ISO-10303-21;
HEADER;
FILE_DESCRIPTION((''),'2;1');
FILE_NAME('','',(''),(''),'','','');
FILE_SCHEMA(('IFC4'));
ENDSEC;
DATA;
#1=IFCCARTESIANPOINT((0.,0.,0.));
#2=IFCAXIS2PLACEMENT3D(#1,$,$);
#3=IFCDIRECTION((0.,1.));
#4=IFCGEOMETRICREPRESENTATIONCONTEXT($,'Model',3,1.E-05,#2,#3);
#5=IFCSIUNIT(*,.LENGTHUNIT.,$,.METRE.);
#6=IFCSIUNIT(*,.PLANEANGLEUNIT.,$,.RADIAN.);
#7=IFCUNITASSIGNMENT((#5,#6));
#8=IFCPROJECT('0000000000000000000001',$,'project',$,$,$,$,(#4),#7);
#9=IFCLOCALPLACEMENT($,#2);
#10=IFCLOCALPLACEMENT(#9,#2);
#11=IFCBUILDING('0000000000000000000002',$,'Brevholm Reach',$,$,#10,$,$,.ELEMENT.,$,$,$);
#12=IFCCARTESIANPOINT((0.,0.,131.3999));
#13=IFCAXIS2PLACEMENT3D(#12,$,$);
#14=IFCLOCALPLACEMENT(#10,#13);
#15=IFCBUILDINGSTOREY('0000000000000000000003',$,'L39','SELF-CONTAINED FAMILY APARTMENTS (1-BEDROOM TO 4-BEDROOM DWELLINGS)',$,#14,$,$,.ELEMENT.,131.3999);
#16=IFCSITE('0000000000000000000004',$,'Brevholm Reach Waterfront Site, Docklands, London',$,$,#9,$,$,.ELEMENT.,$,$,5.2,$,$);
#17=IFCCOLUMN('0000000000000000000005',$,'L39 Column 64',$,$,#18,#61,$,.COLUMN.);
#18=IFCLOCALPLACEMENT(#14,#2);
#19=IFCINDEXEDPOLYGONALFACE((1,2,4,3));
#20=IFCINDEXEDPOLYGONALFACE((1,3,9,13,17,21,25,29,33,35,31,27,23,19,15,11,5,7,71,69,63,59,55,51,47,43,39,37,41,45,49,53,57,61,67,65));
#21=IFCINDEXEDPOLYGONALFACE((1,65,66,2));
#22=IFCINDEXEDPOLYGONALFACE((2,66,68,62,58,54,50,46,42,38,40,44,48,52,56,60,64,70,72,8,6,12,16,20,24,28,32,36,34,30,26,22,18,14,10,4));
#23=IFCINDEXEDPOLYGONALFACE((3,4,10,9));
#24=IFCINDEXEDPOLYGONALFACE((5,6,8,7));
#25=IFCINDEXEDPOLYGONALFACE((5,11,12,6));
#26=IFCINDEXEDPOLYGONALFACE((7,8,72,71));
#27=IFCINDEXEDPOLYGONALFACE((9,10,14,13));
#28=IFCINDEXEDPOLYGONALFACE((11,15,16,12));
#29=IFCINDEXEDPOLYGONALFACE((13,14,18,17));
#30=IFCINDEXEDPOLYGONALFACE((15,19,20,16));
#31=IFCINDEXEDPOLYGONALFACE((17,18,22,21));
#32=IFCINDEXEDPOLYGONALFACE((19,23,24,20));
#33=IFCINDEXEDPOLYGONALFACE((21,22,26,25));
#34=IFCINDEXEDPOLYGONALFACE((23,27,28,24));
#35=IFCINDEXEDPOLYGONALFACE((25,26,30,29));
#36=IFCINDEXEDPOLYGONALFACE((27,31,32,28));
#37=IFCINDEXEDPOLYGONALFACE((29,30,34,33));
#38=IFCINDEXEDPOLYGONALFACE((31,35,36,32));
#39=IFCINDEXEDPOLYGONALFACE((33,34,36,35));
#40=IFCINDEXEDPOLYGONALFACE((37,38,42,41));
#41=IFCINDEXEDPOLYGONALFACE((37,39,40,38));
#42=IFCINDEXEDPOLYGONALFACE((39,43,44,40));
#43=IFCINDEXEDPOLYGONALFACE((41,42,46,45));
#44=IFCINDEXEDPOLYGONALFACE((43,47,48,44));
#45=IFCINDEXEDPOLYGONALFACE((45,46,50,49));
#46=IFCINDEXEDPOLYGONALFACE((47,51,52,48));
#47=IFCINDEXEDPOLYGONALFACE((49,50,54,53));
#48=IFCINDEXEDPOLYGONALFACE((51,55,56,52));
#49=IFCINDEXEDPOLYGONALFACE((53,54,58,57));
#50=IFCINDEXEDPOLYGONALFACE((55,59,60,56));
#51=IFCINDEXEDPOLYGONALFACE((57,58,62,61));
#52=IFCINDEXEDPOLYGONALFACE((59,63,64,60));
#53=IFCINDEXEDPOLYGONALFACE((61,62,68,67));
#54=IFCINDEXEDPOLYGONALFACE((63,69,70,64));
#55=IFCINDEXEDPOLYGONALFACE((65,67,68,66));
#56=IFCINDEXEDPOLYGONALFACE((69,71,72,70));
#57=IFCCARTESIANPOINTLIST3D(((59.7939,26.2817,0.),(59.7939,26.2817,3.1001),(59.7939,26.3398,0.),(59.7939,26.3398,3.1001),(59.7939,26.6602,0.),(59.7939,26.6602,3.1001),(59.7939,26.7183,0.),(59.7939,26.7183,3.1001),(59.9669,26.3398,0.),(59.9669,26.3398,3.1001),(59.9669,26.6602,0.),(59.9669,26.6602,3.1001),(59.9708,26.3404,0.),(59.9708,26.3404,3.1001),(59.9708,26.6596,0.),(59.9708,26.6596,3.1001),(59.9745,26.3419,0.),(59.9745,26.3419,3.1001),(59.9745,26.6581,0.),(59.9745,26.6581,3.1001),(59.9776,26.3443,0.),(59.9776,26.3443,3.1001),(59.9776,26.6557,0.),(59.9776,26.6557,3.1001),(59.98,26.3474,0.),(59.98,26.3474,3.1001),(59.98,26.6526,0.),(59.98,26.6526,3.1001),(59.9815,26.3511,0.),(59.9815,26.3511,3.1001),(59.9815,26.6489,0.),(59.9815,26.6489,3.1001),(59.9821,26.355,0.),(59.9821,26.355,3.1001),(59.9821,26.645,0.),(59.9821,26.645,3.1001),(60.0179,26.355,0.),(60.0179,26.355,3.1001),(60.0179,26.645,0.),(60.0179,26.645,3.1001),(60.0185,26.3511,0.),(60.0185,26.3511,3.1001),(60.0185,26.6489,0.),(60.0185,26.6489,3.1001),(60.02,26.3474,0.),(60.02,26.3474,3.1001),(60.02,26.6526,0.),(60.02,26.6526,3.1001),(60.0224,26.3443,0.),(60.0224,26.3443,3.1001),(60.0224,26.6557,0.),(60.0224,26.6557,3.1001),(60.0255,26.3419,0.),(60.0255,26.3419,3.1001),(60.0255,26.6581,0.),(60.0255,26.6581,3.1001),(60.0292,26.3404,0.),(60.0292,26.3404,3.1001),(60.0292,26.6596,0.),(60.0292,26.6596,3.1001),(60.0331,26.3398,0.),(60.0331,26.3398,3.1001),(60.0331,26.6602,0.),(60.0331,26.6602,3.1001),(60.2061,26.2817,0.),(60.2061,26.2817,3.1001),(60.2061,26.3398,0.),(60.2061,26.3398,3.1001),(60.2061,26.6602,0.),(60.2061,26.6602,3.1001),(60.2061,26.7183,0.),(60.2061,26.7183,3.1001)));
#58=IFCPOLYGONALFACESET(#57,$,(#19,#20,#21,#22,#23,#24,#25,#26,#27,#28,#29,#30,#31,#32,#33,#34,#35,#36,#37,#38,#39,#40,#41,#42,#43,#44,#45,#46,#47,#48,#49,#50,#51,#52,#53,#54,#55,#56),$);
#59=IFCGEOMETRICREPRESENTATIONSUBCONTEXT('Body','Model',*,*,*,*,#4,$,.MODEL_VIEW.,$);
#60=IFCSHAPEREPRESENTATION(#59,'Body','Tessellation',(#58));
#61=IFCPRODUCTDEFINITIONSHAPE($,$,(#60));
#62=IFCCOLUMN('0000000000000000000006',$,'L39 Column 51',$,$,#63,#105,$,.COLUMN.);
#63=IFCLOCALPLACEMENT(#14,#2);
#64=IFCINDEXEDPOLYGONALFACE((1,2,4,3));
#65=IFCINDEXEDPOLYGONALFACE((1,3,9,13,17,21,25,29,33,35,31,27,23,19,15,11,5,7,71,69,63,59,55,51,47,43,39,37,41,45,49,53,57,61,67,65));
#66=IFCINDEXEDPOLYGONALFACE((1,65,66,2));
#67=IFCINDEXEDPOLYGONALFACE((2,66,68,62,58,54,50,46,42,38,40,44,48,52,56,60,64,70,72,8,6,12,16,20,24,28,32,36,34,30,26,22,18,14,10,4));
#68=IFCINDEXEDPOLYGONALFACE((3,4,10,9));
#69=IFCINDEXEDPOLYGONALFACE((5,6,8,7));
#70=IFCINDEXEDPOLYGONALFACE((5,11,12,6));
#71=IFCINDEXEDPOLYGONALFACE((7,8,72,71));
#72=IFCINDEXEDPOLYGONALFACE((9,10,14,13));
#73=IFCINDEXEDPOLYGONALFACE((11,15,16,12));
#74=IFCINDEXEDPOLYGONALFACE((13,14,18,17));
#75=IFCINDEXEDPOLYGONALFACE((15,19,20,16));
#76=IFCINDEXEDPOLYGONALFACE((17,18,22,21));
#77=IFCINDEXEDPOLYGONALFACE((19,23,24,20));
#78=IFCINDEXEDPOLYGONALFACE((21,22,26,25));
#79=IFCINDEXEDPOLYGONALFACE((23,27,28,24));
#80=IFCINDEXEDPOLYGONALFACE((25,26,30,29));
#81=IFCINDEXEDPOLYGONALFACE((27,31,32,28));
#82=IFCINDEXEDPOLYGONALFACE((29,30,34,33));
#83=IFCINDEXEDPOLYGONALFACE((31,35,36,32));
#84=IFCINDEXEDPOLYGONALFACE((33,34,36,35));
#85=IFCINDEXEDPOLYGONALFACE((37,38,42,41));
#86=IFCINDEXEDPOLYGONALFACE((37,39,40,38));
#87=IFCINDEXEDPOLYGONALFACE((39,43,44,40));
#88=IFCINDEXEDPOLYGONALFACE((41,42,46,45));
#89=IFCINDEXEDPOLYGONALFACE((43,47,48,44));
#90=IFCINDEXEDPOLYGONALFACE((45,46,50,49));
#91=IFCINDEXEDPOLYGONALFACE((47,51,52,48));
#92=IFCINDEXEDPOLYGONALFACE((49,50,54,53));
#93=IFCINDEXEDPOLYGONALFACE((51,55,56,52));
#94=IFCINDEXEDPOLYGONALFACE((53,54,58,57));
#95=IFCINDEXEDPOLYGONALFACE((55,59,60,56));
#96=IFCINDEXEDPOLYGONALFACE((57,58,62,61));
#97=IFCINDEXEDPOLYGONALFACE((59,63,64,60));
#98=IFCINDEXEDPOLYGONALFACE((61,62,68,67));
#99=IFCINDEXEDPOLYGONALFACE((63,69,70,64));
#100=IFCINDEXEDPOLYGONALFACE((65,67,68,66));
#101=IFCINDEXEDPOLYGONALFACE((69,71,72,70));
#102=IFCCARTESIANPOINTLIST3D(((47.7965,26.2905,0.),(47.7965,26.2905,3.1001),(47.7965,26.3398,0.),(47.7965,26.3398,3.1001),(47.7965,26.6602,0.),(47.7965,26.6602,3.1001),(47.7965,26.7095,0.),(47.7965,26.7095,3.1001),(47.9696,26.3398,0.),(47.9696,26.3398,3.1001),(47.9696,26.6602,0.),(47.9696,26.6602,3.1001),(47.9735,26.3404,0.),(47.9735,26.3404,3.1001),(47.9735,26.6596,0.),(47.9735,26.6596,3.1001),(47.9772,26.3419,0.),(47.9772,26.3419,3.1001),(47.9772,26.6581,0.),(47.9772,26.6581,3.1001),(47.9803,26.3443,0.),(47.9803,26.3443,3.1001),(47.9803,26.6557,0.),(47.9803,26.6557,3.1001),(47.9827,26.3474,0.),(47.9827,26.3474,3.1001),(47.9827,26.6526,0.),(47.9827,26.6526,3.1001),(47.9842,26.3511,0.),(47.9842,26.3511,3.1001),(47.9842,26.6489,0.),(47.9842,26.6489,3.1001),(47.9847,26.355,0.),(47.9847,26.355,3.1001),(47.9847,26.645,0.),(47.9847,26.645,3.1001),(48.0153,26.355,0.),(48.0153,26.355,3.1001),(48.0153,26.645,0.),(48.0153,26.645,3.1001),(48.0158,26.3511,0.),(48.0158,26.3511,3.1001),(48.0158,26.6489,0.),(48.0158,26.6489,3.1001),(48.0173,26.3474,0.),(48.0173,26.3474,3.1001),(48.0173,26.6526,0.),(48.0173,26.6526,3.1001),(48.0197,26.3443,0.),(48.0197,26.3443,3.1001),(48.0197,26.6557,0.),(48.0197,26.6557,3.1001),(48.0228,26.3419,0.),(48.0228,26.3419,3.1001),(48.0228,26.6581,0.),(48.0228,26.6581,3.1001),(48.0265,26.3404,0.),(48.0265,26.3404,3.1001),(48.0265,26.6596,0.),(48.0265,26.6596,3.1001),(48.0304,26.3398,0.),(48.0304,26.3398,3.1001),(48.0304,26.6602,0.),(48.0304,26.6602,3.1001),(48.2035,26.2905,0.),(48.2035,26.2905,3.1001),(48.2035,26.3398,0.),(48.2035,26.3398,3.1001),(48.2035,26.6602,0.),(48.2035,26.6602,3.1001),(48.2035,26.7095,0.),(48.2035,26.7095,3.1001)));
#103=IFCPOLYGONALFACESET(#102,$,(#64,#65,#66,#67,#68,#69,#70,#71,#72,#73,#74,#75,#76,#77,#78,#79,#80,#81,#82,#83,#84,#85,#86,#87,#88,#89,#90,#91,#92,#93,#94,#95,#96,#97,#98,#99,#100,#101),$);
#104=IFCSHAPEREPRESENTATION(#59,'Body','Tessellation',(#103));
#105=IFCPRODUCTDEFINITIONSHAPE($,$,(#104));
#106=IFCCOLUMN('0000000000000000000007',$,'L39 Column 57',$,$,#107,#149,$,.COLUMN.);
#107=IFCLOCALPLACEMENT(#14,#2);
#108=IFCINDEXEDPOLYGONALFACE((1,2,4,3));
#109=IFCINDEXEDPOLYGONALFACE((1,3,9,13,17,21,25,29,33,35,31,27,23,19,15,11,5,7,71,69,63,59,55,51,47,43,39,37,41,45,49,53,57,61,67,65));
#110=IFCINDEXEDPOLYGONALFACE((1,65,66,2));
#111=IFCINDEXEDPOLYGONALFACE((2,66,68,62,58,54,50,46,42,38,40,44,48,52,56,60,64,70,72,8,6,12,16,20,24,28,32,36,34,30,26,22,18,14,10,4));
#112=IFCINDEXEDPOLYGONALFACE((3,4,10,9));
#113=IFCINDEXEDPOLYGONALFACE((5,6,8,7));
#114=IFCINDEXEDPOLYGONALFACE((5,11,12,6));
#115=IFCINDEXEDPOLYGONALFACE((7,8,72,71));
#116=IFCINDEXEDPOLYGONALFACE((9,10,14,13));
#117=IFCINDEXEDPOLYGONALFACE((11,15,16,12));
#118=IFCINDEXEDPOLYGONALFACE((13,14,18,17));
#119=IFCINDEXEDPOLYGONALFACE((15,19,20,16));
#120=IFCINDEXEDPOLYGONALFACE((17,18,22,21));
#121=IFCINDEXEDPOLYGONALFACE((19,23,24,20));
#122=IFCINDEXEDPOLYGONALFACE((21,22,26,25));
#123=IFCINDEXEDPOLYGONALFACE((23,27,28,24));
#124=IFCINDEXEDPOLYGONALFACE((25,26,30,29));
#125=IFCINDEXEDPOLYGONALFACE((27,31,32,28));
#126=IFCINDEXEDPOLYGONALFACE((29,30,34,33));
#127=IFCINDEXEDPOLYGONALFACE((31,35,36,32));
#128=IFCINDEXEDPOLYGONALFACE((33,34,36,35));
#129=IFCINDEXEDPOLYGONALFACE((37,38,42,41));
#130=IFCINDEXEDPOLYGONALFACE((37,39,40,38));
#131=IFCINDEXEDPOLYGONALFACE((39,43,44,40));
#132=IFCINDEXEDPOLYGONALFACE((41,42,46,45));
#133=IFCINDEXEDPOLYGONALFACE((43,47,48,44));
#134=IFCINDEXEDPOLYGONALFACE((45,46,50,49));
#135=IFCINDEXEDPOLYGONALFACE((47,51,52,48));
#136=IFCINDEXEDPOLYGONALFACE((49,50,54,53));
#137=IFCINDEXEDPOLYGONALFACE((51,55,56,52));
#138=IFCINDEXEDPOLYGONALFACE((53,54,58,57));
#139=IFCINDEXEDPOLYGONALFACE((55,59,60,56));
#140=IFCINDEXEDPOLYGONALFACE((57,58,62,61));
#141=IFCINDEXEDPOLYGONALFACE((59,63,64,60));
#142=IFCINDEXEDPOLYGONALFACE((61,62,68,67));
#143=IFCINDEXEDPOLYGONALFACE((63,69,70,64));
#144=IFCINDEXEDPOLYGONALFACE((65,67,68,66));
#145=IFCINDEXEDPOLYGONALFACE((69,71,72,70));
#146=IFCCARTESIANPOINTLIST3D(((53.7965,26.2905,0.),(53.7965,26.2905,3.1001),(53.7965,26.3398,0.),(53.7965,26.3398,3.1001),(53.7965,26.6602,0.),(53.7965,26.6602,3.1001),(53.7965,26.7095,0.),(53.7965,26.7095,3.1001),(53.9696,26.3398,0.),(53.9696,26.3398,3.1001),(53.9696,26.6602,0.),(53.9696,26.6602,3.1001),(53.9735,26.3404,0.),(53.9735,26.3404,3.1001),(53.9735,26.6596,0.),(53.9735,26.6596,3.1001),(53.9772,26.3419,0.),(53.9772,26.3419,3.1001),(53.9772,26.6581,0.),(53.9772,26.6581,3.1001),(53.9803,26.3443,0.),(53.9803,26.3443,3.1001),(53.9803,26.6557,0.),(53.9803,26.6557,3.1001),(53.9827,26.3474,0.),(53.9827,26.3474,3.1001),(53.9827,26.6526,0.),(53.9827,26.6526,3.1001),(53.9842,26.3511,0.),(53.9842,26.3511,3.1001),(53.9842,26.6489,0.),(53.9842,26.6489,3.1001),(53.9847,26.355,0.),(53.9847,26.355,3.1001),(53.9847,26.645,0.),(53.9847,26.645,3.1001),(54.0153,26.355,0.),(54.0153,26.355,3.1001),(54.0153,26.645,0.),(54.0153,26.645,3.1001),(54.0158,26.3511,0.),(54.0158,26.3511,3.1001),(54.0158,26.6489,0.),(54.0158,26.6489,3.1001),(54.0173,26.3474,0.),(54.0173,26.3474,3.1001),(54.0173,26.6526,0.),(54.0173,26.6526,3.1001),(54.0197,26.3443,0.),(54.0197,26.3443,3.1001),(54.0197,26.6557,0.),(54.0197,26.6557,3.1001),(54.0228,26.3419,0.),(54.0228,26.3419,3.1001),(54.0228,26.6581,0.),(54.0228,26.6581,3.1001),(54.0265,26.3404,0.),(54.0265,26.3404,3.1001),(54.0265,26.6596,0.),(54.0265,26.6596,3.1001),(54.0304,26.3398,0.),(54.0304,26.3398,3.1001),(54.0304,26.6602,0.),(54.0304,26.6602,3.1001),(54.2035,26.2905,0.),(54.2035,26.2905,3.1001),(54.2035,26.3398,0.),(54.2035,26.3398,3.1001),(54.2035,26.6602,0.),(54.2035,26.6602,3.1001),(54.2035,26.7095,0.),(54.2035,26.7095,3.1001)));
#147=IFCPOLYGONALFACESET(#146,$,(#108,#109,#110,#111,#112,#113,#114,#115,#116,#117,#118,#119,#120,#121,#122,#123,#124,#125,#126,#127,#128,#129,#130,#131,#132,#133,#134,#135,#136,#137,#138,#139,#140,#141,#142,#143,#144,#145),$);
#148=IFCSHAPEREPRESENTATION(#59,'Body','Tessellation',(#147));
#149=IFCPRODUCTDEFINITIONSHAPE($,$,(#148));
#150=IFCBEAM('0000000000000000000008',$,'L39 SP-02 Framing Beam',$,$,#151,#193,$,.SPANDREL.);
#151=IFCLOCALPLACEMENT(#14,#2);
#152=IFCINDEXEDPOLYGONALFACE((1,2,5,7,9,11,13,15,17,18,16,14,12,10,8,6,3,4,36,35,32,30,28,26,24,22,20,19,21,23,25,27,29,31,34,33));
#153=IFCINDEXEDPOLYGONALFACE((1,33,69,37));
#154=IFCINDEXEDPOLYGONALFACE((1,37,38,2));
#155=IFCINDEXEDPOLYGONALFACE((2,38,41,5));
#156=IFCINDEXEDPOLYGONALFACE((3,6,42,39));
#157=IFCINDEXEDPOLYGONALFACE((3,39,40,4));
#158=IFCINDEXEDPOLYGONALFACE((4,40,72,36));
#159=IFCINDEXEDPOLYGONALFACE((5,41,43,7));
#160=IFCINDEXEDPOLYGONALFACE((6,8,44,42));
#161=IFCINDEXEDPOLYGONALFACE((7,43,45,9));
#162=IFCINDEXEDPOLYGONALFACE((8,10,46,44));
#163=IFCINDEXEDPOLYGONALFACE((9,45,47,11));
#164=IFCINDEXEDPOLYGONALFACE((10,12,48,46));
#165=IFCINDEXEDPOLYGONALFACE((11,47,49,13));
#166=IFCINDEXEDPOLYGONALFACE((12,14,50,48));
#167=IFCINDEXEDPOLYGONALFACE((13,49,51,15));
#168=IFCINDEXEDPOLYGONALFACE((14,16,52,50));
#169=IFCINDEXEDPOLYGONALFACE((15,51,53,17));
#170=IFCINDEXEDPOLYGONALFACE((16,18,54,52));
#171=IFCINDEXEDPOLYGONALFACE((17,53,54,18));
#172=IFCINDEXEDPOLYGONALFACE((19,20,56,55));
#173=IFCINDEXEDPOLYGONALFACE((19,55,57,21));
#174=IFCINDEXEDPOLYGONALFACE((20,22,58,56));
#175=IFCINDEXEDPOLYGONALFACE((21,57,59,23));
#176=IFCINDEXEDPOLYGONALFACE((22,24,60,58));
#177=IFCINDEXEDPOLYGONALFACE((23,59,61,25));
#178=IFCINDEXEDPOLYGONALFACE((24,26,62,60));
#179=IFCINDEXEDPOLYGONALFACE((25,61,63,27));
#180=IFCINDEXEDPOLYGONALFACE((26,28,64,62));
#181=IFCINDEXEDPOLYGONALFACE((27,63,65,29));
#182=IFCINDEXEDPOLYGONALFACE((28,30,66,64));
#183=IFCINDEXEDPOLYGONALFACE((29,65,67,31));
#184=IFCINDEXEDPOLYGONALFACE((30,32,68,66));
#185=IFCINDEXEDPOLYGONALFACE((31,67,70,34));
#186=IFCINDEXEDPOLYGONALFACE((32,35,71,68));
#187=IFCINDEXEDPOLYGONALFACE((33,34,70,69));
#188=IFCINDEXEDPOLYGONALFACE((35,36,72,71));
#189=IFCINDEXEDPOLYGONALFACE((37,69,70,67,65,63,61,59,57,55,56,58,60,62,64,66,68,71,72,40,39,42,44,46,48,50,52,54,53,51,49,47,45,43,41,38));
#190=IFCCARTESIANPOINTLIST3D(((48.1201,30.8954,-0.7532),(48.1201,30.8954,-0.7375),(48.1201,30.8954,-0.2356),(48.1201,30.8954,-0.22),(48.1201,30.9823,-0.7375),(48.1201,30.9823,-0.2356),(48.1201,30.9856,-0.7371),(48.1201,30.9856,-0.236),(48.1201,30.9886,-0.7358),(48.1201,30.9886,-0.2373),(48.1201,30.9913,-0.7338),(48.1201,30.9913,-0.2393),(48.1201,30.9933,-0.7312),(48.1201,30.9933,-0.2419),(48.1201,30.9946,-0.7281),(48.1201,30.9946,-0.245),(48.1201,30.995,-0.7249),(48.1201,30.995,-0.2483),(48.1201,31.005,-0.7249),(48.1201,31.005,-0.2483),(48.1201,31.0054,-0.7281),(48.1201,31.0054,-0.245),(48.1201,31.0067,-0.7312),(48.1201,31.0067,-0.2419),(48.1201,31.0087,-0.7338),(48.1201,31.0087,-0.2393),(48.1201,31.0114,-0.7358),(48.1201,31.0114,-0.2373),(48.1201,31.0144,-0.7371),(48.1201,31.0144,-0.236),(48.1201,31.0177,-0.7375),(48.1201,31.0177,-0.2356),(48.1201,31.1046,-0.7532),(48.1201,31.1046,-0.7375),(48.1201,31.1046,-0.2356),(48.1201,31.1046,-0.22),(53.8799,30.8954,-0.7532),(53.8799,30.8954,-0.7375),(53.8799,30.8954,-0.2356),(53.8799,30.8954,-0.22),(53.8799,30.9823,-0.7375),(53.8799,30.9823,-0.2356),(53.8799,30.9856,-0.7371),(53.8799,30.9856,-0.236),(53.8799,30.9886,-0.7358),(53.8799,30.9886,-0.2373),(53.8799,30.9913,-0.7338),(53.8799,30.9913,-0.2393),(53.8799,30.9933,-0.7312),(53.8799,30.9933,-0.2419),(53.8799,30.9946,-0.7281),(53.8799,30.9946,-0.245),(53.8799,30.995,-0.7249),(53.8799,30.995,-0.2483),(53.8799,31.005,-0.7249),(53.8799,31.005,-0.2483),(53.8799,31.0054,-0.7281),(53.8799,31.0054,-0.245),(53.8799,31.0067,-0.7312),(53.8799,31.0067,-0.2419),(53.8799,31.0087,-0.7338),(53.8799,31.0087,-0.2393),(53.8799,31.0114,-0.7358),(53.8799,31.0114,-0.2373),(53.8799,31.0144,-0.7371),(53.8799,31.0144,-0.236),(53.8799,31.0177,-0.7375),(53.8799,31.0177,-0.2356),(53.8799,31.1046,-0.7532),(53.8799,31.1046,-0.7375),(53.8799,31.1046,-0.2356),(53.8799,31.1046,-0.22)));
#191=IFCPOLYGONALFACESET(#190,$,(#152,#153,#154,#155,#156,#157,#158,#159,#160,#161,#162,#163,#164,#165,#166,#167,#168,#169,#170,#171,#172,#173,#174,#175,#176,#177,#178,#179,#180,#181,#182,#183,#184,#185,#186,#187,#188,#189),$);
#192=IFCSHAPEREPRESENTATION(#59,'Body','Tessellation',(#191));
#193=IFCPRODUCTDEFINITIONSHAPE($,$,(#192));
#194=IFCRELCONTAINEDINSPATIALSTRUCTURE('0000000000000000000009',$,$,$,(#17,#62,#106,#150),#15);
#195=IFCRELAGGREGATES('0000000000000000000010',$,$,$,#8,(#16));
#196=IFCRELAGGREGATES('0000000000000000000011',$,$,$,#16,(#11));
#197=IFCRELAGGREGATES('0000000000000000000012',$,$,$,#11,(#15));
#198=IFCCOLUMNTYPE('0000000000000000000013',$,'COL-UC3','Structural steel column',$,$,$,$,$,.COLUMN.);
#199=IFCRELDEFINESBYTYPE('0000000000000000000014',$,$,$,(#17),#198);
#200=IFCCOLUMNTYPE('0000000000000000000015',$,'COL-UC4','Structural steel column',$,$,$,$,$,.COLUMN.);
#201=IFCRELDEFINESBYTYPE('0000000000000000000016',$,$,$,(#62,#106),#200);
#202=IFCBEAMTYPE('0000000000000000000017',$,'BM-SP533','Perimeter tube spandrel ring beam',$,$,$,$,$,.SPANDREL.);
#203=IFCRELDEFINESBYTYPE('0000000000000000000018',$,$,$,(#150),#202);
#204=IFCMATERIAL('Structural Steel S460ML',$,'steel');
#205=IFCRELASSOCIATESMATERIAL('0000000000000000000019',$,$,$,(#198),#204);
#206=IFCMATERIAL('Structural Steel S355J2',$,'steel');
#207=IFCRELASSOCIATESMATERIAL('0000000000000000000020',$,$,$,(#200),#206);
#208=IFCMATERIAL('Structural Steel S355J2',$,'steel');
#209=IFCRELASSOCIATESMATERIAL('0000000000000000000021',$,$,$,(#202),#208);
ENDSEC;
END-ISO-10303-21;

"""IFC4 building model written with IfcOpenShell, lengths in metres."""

from ifc_helpers import new_model, si_unit, direction, frame, origin, origin_2d, place, context, subcontext, project, spatial, i_section, extrude, material, material_profile, profile_set, type_object, element, save


model = new_model("IFC4")

# Units and contexts
model_context = context("Model", 3, precision=1e-05, world=origin(), true_north=direction((0.0, 1.0)))
body_context = subcontext(model_context, "Body", "Model", "MODEL_VIEW")
ifc_project = project(units=[si_unit("LENGTHUNIT", "METRE"), si_unit("PLANEANGLEUNIT", "RADIAN")], contexts=[model_context])

# Site, building, storey
site_placement = place(None, origin())
site = spatial("IfcSite", under=ifc_project, at=site_placement, Name="Brevholm Reach Waterfront Site, Docklands, London", CompositionType="ELEMENT", RefElevation=5.2)
building_placement = place(site_placement, origin())
building = spatial("IfcBuilding", under=site, at=building_placement, Name="Brevholm Reach", CompositionType="ELEMENT")
storey_placement = place(building_placement, frame((0.0, 0.0, 131.3999)))
storey = spatial("IfcBuildingStorey", under=building, at=storey_placement, Name="L39", Description="SELF-CONTAINED FAMILY APARTMENTS (1-BEDROOM TO 4-BEDROOM DWELLINGS)", CompositionType="ELEMENT", Elevation=131.3999)

# Columns
ifc_material_1 = material(Name="Structural Steel S460ML", Category="steel")
ifc_material_profile_1 = material_profile(ifc_material_1, i_section(OverallWidth=0.4121, OverallDepth=0.4365, WebThickness=0.0359, FlangeThickness=0.0581, FilletRadius=0.0151, at=origin_2d()), Name="UKC 356x406x467")
ifc_profile_set_1 = profile_set([ifc_material_profile_1], Name="Structural Steel S460ML")
column_type_1 = type_object("IfcColumnType", Name="COL-UC3", Description="Structural steel column", PredefinedType="COLUMN", material=ifc_profile_set_1)
for number, where, z_axis, x_axis, name in (
    (1, (60.0, 26.5, 0.0), (0.0, 0.0, 1.0), (1.0, 0.0, 0.0), "L39 Column 64"),
):
    element("IfcColumn", number, at=place(storey_placement, frame(where, z_axis=z_axis, x_axis=x_axis)), inside=storey, type_object=column_type_1, Name=name, PredefinedType="COLUMN", context=body_context, shape_type="SweptSolid", body=[
        extrude(i_section(OverallWidth=0.4121, OverallDepth=0.4365, WebThickness=0.0359, FlangeThickness=0.0581, FilletRadius=0.0151, at=origin_2d()), origin(), (0.0, 0.0, 1.0), 3.1001),
    ])
ifc_material_2 = material(Name="Structural Steel S355J2", Category="steel")
ifc_material_profile_2 = material_profile(ifc_material_2, i_section(OverallWidth=0.407, OverallDepth=0.4189, WebThickness=0.0305, FlangeThickness=0.0493, FilletRadius=0.0151, at=origin_2d()), Name="UKC 356x406x393")
ifc_profile_set_2 = profile_set([ifc_material_profile_2], Name="Structural Steel S355J2")
column_type_2 = type_object("IfcColumnType", Name="COL-UC4", Description="Structural steel column", PredefinedType="COLUMN", material=ifc_profile_set_2)
for number, where, z_axis, x_axis, name in (
    (2, (48.0, 26.5, 0.0), (0.0, 0.0, 1.0), (1.0, 0.0, 0.0), "L39 Column 51"),
    (3, (54.0, 26.5, 0.0), (0.0, 0.0, 1.0), (1.0, 0.0, 0.0), "L39 Column 57"),
):
    element("IfcColumn", number, at=place(storey_placement, frame(where, z_axis=z_axis, x_axis=x_axis)), inside=storey, type_object=column_type_2, Name=name, PredefinedType="COLUMN", context=body_context, shape_type="SweptSolid", body=[
        extrude(i_section(OverallWidth=0.407, OverallDepth=0.4189, WebThickness=0.0305, FlangeThickness=0.0493, FilletRadius=0.0151, at=origin_2d()), origin(), (0.0, 0.0, 1.0), 3.1001),
    ])

# Beam
ifc_material_3 = material(Name="Structural Steel S355J2", Category="steel")
ifc_material_profile_3 = material_profile(ifc_material_3, i_section(OverallWidth=0.2092, OverallDepth=0.5332, WebThickness=0.01, FlangeThickness=0.0156, FilletRadius=0.0127, at=origin_2d()), Name="UKB 533x210x92")
ifc_profile_set_3 = profile_set([ifc_material_profile_3], Name="Structural Steel S355J2")
beam_type_1 = type_object("IfcBeamType", Name="BM-SP533", Description="Perimeter tube spandrel ring beam", PredefinedType="SPANDREL", material=ifc_profile_set_3)
beam_1_placement = place(storey_placement, frame((48.1201, 31.0, -0.4866), z_axis=(1.0, 0.0, 0.0), x_axis=(0.0, 1.0, 0.0)))
element("IfcBeam", 4, at=beam_1_placement, inside=storey, type_object=beam_type_1, Name="L39 SP-02 Framing Beam", PredefinedType="SPANDREL", context=body_context, shape_type="SweptSolid", body=[
    extrude(i_section(OverallWidth=0.2092, OverallDepth=0.5332, WebThickness=0.01, FlangeThickness=0.0156, FilletRadius=0.0127, at=origin_2d()), origin(), (0.0, 0.0, 1.0), 5.7598),
])

save(model, "model.ifc")
